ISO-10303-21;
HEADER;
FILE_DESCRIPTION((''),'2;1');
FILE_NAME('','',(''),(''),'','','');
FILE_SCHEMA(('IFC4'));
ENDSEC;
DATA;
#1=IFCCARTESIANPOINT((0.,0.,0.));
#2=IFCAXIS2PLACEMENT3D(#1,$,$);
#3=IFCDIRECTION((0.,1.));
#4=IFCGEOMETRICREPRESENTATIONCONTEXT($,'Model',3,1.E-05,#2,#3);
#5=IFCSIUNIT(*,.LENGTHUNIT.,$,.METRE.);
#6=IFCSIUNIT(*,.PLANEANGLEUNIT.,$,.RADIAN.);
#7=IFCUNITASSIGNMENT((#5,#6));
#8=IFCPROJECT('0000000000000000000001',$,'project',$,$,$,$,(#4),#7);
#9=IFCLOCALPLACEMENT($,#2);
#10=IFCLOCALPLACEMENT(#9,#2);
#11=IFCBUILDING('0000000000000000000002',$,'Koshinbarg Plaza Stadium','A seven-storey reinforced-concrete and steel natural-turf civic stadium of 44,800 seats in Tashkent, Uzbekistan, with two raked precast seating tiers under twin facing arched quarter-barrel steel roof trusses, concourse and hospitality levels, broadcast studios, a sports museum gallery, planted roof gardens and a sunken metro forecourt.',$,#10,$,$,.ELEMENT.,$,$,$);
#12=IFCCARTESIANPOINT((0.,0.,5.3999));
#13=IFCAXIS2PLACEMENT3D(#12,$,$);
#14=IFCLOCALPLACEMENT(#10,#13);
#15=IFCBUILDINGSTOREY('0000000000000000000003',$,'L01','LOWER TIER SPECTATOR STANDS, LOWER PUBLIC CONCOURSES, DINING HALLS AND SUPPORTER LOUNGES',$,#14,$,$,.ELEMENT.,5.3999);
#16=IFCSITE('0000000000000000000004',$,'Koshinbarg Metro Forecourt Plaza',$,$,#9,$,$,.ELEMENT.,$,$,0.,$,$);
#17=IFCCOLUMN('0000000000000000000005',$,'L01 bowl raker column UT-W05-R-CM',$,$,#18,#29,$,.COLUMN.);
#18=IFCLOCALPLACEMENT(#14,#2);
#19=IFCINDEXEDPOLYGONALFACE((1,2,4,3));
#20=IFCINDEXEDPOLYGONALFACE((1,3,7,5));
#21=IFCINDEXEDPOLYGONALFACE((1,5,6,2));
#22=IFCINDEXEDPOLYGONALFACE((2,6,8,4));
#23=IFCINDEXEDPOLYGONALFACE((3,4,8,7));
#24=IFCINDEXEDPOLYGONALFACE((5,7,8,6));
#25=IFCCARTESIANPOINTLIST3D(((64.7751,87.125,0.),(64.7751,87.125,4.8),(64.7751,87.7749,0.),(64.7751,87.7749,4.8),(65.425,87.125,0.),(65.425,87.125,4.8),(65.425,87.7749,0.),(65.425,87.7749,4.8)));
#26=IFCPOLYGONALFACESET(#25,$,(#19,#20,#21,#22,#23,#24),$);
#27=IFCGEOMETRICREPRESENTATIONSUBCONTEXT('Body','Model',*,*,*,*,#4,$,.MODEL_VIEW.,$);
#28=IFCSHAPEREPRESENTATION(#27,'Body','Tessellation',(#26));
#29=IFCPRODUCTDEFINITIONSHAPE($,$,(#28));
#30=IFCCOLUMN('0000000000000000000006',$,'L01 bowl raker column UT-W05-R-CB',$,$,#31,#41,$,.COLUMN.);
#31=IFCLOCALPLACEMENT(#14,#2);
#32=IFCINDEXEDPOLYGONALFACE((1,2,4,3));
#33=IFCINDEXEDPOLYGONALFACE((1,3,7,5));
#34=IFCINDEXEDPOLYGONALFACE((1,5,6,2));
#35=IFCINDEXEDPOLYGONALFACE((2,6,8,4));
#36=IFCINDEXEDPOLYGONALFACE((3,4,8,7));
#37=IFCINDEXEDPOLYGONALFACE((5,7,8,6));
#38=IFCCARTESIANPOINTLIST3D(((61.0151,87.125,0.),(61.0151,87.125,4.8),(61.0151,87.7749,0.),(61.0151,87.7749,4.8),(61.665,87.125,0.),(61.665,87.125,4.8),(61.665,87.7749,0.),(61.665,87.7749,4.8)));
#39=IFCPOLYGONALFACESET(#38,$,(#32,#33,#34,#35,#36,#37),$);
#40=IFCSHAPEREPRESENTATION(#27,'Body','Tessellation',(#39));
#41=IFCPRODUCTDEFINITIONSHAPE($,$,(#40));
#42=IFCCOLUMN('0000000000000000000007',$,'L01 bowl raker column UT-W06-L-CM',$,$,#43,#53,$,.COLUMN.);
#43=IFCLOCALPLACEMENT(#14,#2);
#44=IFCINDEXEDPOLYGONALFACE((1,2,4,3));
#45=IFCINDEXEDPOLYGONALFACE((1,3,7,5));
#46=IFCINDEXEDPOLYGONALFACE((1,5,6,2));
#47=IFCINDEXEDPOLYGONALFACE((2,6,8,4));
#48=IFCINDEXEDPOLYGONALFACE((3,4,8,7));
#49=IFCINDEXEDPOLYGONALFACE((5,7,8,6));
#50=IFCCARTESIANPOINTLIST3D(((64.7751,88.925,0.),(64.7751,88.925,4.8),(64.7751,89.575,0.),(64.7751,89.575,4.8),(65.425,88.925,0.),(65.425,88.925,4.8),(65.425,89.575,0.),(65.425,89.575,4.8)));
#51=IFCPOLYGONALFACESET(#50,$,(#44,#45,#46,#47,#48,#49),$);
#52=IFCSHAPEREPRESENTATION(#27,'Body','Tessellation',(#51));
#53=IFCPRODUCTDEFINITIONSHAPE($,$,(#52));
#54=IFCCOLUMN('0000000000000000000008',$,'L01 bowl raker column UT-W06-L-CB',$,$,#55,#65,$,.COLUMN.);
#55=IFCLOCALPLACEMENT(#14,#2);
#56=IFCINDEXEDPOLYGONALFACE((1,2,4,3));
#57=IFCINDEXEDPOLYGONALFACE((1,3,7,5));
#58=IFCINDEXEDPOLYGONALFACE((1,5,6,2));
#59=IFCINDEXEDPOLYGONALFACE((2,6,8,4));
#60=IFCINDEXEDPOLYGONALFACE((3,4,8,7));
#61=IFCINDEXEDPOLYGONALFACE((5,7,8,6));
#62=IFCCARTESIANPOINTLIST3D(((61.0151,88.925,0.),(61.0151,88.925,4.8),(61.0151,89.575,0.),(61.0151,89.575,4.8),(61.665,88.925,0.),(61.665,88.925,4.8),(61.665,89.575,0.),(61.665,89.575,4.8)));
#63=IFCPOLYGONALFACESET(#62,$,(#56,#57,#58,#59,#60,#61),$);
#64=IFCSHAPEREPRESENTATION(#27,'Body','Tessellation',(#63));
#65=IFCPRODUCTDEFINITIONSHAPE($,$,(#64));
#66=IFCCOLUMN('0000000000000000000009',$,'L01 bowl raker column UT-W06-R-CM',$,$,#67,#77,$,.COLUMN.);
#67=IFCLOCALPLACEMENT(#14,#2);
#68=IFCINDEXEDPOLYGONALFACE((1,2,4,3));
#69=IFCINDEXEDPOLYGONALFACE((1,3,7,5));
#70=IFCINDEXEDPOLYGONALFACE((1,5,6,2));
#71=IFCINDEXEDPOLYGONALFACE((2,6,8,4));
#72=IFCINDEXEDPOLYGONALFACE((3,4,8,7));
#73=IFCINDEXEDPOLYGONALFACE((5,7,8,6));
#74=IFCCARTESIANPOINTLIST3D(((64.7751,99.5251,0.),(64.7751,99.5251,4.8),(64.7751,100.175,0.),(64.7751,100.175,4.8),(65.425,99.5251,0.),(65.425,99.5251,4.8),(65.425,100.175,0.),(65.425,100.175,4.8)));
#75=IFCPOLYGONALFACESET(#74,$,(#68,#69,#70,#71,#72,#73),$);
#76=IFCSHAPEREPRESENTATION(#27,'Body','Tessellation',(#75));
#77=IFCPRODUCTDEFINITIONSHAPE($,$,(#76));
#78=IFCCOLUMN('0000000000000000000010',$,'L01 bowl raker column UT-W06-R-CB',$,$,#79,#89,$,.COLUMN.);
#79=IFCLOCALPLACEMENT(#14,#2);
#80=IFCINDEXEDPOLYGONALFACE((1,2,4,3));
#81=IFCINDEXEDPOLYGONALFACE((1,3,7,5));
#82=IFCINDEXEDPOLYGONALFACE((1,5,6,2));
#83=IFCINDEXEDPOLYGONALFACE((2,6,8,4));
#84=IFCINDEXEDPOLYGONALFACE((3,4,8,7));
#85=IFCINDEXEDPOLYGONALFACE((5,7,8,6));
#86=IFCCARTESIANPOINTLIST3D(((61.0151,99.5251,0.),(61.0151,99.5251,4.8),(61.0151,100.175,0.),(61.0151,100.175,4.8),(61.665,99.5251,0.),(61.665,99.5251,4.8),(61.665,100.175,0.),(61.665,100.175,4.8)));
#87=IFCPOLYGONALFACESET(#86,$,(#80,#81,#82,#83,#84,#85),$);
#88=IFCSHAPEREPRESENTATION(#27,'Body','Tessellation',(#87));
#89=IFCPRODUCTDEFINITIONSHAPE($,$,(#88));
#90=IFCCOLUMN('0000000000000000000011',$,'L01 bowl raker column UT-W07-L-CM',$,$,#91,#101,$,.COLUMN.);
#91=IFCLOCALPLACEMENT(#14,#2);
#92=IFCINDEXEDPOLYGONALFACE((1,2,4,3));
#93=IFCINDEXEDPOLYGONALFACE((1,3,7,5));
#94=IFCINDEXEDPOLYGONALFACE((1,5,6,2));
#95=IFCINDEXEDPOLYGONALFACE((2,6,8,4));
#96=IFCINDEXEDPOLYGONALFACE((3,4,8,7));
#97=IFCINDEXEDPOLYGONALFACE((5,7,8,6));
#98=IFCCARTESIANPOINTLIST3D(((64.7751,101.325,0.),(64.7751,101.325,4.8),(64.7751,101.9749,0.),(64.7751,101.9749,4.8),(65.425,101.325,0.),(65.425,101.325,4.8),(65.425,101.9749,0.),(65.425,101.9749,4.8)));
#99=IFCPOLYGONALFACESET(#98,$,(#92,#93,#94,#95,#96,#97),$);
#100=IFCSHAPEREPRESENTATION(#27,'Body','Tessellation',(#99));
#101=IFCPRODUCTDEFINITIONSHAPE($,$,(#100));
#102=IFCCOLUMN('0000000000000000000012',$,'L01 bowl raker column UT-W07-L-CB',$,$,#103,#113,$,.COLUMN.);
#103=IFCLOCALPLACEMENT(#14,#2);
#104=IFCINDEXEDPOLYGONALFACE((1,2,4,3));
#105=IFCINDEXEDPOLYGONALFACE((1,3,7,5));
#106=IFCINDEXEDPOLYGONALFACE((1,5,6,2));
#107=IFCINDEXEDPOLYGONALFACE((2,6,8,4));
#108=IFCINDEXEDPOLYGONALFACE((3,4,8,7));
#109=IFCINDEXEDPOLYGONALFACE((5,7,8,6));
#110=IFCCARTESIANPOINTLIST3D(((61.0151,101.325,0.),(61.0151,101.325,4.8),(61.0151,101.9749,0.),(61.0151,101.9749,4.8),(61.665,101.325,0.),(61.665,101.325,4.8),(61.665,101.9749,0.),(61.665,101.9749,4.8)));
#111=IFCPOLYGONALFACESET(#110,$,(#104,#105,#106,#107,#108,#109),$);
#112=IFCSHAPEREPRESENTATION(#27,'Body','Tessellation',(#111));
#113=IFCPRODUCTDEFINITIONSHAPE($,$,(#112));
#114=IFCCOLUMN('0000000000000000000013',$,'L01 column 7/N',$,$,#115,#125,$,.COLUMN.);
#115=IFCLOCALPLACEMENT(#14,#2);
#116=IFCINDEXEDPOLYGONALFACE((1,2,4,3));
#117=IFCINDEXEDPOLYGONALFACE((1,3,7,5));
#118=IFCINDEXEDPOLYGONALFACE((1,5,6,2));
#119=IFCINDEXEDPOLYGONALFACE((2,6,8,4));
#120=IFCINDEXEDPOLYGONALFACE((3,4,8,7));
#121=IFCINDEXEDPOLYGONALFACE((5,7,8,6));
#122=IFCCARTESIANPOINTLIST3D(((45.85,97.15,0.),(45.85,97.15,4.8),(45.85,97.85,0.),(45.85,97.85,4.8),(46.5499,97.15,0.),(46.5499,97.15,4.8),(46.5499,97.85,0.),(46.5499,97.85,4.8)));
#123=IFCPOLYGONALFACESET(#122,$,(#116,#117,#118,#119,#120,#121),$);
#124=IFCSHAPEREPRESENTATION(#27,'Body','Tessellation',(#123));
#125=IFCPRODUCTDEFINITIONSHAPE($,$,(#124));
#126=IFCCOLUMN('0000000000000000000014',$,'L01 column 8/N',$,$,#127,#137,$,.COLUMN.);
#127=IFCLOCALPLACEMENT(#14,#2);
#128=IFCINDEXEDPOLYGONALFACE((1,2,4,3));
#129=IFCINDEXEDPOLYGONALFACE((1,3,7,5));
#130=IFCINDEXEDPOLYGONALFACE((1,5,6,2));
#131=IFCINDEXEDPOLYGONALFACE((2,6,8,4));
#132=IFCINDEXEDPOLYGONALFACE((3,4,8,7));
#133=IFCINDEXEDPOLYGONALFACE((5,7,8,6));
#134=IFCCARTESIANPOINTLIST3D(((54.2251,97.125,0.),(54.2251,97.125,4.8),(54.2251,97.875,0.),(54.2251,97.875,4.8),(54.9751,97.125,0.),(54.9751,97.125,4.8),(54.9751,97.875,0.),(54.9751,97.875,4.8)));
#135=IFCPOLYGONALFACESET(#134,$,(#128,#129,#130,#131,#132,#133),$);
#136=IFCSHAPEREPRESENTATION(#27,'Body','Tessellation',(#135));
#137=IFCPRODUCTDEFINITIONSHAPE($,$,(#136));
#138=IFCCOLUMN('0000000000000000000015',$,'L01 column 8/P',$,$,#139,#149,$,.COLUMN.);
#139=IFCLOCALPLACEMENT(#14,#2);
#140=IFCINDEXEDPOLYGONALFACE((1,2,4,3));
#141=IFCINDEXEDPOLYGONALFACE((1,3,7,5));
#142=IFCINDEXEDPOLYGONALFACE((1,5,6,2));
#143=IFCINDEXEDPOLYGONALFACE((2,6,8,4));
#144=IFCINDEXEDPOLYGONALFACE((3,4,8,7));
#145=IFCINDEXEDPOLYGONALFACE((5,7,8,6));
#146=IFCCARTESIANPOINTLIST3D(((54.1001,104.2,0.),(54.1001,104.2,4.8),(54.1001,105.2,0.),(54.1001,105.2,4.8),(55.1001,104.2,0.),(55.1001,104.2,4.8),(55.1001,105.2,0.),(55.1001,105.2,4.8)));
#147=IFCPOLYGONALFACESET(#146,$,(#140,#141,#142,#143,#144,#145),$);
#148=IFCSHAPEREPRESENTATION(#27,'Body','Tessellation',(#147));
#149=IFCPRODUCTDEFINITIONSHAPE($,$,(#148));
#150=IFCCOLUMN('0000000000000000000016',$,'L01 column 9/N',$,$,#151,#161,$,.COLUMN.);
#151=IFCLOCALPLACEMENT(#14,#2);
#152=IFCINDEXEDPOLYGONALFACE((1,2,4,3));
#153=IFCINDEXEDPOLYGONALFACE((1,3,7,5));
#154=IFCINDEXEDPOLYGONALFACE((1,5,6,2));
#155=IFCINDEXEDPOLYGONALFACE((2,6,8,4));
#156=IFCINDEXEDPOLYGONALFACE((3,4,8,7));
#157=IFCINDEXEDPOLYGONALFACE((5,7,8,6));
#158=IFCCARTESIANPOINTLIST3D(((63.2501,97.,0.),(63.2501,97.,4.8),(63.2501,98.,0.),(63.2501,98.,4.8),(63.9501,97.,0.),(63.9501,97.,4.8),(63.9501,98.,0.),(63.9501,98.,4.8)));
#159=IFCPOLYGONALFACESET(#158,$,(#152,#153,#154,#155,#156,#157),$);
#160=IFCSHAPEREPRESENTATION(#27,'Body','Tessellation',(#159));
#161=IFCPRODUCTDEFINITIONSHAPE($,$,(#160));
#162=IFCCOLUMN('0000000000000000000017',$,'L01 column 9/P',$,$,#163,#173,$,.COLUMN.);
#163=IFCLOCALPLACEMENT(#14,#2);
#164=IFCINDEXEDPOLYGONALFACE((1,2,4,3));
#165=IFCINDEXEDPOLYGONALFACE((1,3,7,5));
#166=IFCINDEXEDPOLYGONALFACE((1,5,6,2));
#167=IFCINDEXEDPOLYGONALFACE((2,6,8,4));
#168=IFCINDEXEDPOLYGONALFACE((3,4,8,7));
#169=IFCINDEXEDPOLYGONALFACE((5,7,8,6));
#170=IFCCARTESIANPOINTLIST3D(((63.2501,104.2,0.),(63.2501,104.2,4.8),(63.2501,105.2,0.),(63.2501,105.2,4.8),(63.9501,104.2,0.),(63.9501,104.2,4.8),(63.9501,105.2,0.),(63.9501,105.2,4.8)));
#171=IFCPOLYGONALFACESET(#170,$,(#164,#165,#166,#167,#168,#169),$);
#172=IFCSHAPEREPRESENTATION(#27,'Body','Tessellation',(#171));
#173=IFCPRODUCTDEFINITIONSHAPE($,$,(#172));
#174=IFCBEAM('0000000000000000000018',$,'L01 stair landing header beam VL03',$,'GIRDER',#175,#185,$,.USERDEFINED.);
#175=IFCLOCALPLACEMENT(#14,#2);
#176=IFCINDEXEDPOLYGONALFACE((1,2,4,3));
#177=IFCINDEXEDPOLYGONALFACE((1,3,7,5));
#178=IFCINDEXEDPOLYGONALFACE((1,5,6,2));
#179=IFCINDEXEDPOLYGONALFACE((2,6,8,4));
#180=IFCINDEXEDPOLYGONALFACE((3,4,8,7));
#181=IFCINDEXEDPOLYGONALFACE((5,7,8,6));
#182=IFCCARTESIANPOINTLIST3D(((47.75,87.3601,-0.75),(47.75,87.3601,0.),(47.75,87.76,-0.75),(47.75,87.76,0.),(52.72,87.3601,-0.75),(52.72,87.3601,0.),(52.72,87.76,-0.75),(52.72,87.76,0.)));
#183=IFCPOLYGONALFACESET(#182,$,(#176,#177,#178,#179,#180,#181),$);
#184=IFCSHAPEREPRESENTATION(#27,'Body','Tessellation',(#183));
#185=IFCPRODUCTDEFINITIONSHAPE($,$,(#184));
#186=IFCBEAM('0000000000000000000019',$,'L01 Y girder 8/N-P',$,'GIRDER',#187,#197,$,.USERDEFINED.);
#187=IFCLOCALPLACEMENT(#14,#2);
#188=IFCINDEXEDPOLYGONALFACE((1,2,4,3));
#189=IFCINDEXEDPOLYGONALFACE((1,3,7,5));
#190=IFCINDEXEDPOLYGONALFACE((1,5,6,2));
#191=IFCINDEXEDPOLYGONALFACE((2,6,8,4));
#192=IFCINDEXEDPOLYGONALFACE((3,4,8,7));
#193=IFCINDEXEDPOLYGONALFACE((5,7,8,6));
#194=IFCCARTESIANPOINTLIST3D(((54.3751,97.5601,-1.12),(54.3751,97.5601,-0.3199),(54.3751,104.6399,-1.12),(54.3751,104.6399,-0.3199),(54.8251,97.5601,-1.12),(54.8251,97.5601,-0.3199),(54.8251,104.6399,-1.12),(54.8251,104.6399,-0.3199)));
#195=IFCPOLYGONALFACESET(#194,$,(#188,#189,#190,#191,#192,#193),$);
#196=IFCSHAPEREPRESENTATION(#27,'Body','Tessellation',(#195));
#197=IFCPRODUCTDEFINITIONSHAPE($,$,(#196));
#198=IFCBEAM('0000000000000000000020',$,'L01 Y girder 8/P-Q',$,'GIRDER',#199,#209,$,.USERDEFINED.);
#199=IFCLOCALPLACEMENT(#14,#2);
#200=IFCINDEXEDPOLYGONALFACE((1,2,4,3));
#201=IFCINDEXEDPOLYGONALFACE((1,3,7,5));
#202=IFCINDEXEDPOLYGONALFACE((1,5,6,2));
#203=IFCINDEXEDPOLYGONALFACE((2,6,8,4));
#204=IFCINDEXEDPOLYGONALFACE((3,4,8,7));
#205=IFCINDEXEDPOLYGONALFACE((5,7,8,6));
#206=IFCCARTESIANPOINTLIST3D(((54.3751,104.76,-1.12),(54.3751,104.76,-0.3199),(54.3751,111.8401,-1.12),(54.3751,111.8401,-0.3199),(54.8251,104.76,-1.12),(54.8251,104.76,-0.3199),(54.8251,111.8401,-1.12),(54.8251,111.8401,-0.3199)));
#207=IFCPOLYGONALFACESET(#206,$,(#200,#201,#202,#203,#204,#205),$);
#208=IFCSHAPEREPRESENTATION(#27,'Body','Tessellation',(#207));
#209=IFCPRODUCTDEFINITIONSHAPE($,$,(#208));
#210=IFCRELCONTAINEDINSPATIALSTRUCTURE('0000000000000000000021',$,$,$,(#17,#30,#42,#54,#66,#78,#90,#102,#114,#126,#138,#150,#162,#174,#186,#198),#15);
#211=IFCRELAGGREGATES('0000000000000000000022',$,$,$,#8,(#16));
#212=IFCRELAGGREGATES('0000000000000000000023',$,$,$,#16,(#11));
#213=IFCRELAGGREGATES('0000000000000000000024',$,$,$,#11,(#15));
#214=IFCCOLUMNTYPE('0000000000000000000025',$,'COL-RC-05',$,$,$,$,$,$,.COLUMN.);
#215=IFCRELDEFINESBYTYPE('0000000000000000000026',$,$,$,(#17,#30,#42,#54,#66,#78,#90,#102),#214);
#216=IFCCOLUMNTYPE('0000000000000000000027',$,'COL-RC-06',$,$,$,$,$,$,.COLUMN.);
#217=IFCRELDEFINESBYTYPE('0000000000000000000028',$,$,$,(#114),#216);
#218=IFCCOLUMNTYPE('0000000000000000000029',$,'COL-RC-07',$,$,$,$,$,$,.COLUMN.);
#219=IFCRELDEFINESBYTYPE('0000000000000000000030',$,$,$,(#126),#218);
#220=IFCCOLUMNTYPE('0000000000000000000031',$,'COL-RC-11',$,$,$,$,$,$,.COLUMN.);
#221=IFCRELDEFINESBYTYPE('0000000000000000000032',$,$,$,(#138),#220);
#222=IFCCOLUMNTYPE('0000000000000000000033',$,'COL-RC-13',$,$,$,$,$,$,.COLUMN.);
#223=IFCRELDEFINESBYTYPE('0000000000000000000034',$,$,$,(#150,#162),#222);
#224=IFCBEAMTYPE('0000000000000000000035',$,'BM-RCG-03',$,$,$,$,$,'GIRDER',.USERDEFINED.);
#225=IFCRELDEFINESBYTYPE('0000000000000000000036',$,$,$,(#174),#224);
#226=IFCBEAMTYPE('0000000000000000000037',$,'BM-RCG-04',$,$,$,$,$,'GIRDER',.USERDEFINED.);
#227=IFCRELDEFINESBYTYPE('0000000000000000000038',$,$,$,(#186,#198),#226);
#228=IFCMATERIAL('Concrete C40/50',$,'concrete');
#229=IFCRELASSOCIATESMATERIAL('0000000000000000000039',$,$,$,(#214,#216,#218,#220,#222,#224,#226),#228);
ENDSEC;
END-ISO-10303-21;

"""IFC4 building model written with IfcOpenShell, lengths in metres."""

from ifc_helpers import new_model, si_unit, direction, frame, origin, origin_2d, place, context, subcontext, project, spatial, rectangle, extrude, material, material_profile, profile_set, type_object, element, save


model = new_model("IFC4")

# Units and contexts
model_context = context("Model", 3, precision=1e-05, world=origin(), true_north=direction((0.0, 1.0)))
body_context = subcontext(model_context, "Body", "Model", "MODEL_VIEW")
ifc_project = project(units=[si_unit("LENGTHUNIT", "METRE"), si_unit("PLANEANGLEUNIT", "RADIAN")], contexts=[model_context])

# Site, building, storey
site_placement = place(None, origin())
site = spatial("IfcSite", under=ifc_project, at=site_placement, Name="Koshinbarg Metro Forecourt Plaza", CompositionType="ELEMENT", RefElevation=0.0)
building_placement = place(site_placement, origin())
building = spatial("IfcBuilding", under=site, at=building_placement, Name="Koshinbarg Plaza Stadium", Description="A seven-storey reinforced-concrete and steel natural-turf civic stadium of 44,800 seats in Tashkent, Uzbekistan, with two raked precast seating tiers under twin facing arched quarter-barrel steel roof trusses, concourse and hospitality levels, broadcast studios, a sports museum gallery, planted roof gardens and a sunken metro forecourt.", CompositionType="ELEMENT")
storey_placement = place(building_placement, frame((0.0, 0.0, 5.3999)))
storey = spatial("IfcBuildingStorey", under=building, at=storey_placement, Name="L01", Description="LOWER TIER SPECTATOR STANDS, LOWER PUBLIC CONCOURSES, DINING HALLS AND SUPPORTER LOUNGES", CompositionType="ELEMENT", Elevation=5.3999)

# Columns
ifc_material_1 = material(Name="Concrete C40/50", Category="concrete")
ifc_material_profile_1 = material_profile(ifc_material_1, rectangle(XDim=0.6499, YDim=0.6499, at=origin_2d()), Name="RC 650x650")
ifc_profile_set_1 = profile_set([ifc_material_profile_1], Name="Concrete C40/50")
column_type_1 = type_object("IfcColumnType", Name="COL-RC-05", PredefinedType="COLUMN", material=ifc_profile_set_1)
for number, where, z_axis, x_axis, name in (
    (1, (65.1001, 87.45, 0.0), (0.0, 0.0, 1.0), (1.0, 0.0, 0.0), "L01 bowl raker column UT-W05-R-CM"),
    (2, (61.3401, 87.45, 0.0), (0.0, 0.0, 1.0), (1.0, 0.0, 0.0), "L01 bowl raker column UT-W05-R-CB"),
    (3, (65.1001, 89.25, 0.0), (0.0, 0.0, 1.0), (1.0, 0.0, 0.0), "L01 bowl raker column UT-W06-L-CM"),
    (4, (61.3401, 89.25, 0.0), (0.0, 0.0, 1.0), (1.0, 0.0, 0.0), "L01 bowl raker column UT-W06-L-CB"),
    (5, (65.1001, 99.8501, 0.0), (0.0, 0.0, 1.0), (1.0, 0.0, 0.0), "L01 bowl raker column UT-W06-R-CM"),
    (6, (61.3401, 99.8501, 0.0), (0.0, 0.0, 1.0), (1.0, 0.0, 0.0), "L01 bowl raker column UT-W06-R-CB"),
    (7, (65.1001, 101.6499, 0.0), (0.0, 0.0, 1.0), (1.0, 0.0, 0.0), "L01 bowl raker column UT-W07-L-CM"),
    (8, (61.3401, 101.6499, 0.0), (0.0, 0.0, 1.0), (1.0, 0.0, 0.0), "L01 bowl raker column UT-W07-L-CB"),
):
    element("IfcColumn", number, at=place(storey_placement, frame(where, z_axis=z_axis, x_axis=x_axis)), inside=storey, type_object=column_type_1, Name=name, PredefinedType="COLUMN", context=body_context, shape_type="SweptSolid", body=[
        extrude(rectangle(XDim=0.6499, YDim=0.6499, at=origin_2d()), origin(), (0.0, 0.0, 1.0), 4.8),
    ])
ifc_material_profile_2 = material_profile(ifc_material_1, rectangle(XDim=0.7, YDim=0.7, at=origin_2d()), Name="RC 700x700")
ifc_profile_set_2 = profile_set([ifc_material_profile_2], Name="Concrete C40/50")
column_type_2 = type_object("IfcColumnType", Name="COL-RC-06", PredefinedType="COLUMN", material=ifc_profile_set_2)
column_1_placement = place(storey_placement, frame((46.2, 97.5, 0.0), z_axis=(0.0, 0.0, 1.0), x_axis=(1.0, 0.0, 0.0)))
element("IfcColumn", 9, at=column_1_placement, inside=storey, type_object=column_type_2, Name="L01 column 7/N", PredefinedType="COLUMN", context=body_context, shape_type="SweptSolid", body=[
    extrude(rectangle(XDim=0.7, YDim=0.7, at=origin_2d()), origin(), (0.0, 0.0, 1.0), 4.8),
])
ifc_material_profile_3 = material_profile(ifc_material_1, rectangle(XDim=0.75, YDim=0.75, at=origin_2d()), Name="RC 750x750")
ifc_profile_set_3 = profile_set([ifc_material_profile_3], Name="Concrete C40/50")
column_type_3 = type_object("IfcColumnType", Name="COL-RC-07", PredefinedType="COLUMN", material=ifc_profile_set_3)
column_2_placement = place(storey_placement, frame((54.6001, 97.5, 0.0), z_axis=(0.0, 0.0, 1.0), x_axis=(1.0, 0.0, 0.0)))
element("IfcColumn", 10, at=column_2_placement, inside=storey, type_object=column_type_3, Name="L01 column 8/N", PredefinedType="COLUMN", context=body_context, shape_type="SweptSolid", body=[
    extrude(rectangle(XDim=0.75, YDim=0.75, at=origin_2d()), origin(), (0.0, 0.0, 1.0), 4.8),
])
ifc_material_profile_4 = material_profile(ifc_material_1, rectangle(XDim=1.0, YDim=1.0, at=origin_2d()), Name="RC 1000x1000")
ifc_profile_set_4 = profile_set([ifc_material_profile_4], Name="Concrete C40/50")
column_type_4 = type_object("IfcColumnType", Name="COL-RC-11", PredefinedType="COLUMN", material=ifc_profile_set_4)
column_3_placement = place(storey_placement, frame((54.6001, 104.7, 0.0), z_axis=(0.0, 0.0, 1.0), x_axis=(1.0, 0.0, 0.0)))
element("IfcColumn", 11, at=column_3_placement, inside=storey, type_object=column_type_4, Name="L01 column 8/P", PredefinedType="COLUMN", context=body_context, shape_type="SweptSolid", body=[
    extrude(rectangle(XDim=1.0, YDim=1.0, at=origin_2d()), origin(), (0.0, 0.0, 1.0), 4.8),
])
ifc_material_profile_5 = material_profile(ifc_material_1, rectangle(XDim=0.7, YDim=1.0, at=origin_2d()), Name="RC 700x1000")
ifc_profile_set_5 = profile_set([ifc_material_profile_5], Name="Concrete C40/50")
column_type_5 = type_object("IfcColumnType", Name="COL-RC-13", PredefinedType="COLUMN", material=ifc_profile_set_5)
for number, where, z_axis, x_axis, name in (
    (12, (63.6001, 97.5, 0.0), (0.0, 0.0, 1.0), (1.0, 0.0, 0.0), "L01 column 9/N"),
    (13, (63.6001, 104.7, 0.0), (0.0, 0.0, 1.0), (1.0, 0.0, 0.0), "L01 column 9/P"),
):
    element("IfcColumn", number, at=place(storey_placement, frame(where, z_axis=z_axis, x_axis=x_axis)), inside=storey, type_object=column_type_5, Name=name, PredefinedType="COLUMN", context=body_context, shape_type="SweptSolid", body=[
        extrude(rectangle(XDim=0.7, YDim=1.0, at=origin_2d()), origin(), (0.0, 0.0, 1.0), 4.8),
    ])

# Beams
ifc_material_profile_6 = material_profile(ifc_material_1, rectangle(XDim=0.3999, YDim=0.75, at=origin_2d()), Name="RC 400x750")
ifc_profile_set_6 = profile_set([ifc_material_profile_6], Name="Concrete C40/50")
beam_type_1 = type_object("IfcBeamType", Name="BM-RCG-03", ElementType="GIRDER", PredefinedType="USERDEFINED", material=ifc_profile_set_6)
beam_1_placement = place(storey_placement, frame((47.75, 87.5601, -0.375), z_axis=(1.0, 0.0, 0.0), x_axis=(0.0, 1.0, 0.0)))
element("IfcBeam", 14, at=beam_1_placement, inside=storey, type_object=beam_type_1, Name="L01 stair landing header beam VL03", ObjectType="GIRDER", PredefinedType="USERDEFINED", context=body_context, shape_type="SweptSolid", body=[
    extrude(rectangle(XDim=0.3999, YDim=0.75, at=origin_2d()), origin(), (0.0, 0.0, 1.0), 4.97),
])
ifc_material_profile_7 = material_profile(ifc_material_1, rectangle(XDim=0.45, YDim=0.8, at=origin_2d()), Name="RC 450x800")
ifc_profile_set_7 = profile_set([ifc_material_profile_7], Name="Concrete C40/50")
beam_type_2 = type_object("IfcBeamType", Name="BM-RCG-04", ElementType="GIRDER", PredefinedType="USERDEFINED", material=ifc_profile_set_7)
beam_2_placement = place(storey_placement, frame((54.6001, 97.5601, -0.72), z_axis=(0.0, 1.0, 0.0), x_axis=(-1.0, 0.0, 0.0)))
element("IfcBeam", 15, at=beam_2_placement, inside=storey, type_object=beam_type_2, Name="L01 Y girder 8/N-P", ObjectType="GIRDER", PredefinedType="USERDEFINED", context=body_context, shape_type="SweptSolid", body=[
    extrude(rectangle(XDim=0.45, YDim=0.8, at=origin_2d()), origin(), (0.0, 0.0, 1.0), 7.0798),
])
beam_3_placement = place(storey_placement, frame((54.6001, 104.76, -0.72), z_axis=(0.0, 1.0, 0.0), x_axis=(-1.0, 0.0, 0.0)))
element("IfcBeam", 16, at=beam_3_placement, inside=storey, type_object=beam_type_2, Name="L01 Y girder 8/P-Q", ObjectType="GIRDER", PredefinedType="USERDEFINED", context=body_context, shape_type="SweptSolid", body=[
    extrude(rectangle(XDim=0.45, YDim=0.8, at=origin_2d()), origin(), (0.0, 0.0, 1.0), 7.0801),
])

save(model, "model.ifc")
